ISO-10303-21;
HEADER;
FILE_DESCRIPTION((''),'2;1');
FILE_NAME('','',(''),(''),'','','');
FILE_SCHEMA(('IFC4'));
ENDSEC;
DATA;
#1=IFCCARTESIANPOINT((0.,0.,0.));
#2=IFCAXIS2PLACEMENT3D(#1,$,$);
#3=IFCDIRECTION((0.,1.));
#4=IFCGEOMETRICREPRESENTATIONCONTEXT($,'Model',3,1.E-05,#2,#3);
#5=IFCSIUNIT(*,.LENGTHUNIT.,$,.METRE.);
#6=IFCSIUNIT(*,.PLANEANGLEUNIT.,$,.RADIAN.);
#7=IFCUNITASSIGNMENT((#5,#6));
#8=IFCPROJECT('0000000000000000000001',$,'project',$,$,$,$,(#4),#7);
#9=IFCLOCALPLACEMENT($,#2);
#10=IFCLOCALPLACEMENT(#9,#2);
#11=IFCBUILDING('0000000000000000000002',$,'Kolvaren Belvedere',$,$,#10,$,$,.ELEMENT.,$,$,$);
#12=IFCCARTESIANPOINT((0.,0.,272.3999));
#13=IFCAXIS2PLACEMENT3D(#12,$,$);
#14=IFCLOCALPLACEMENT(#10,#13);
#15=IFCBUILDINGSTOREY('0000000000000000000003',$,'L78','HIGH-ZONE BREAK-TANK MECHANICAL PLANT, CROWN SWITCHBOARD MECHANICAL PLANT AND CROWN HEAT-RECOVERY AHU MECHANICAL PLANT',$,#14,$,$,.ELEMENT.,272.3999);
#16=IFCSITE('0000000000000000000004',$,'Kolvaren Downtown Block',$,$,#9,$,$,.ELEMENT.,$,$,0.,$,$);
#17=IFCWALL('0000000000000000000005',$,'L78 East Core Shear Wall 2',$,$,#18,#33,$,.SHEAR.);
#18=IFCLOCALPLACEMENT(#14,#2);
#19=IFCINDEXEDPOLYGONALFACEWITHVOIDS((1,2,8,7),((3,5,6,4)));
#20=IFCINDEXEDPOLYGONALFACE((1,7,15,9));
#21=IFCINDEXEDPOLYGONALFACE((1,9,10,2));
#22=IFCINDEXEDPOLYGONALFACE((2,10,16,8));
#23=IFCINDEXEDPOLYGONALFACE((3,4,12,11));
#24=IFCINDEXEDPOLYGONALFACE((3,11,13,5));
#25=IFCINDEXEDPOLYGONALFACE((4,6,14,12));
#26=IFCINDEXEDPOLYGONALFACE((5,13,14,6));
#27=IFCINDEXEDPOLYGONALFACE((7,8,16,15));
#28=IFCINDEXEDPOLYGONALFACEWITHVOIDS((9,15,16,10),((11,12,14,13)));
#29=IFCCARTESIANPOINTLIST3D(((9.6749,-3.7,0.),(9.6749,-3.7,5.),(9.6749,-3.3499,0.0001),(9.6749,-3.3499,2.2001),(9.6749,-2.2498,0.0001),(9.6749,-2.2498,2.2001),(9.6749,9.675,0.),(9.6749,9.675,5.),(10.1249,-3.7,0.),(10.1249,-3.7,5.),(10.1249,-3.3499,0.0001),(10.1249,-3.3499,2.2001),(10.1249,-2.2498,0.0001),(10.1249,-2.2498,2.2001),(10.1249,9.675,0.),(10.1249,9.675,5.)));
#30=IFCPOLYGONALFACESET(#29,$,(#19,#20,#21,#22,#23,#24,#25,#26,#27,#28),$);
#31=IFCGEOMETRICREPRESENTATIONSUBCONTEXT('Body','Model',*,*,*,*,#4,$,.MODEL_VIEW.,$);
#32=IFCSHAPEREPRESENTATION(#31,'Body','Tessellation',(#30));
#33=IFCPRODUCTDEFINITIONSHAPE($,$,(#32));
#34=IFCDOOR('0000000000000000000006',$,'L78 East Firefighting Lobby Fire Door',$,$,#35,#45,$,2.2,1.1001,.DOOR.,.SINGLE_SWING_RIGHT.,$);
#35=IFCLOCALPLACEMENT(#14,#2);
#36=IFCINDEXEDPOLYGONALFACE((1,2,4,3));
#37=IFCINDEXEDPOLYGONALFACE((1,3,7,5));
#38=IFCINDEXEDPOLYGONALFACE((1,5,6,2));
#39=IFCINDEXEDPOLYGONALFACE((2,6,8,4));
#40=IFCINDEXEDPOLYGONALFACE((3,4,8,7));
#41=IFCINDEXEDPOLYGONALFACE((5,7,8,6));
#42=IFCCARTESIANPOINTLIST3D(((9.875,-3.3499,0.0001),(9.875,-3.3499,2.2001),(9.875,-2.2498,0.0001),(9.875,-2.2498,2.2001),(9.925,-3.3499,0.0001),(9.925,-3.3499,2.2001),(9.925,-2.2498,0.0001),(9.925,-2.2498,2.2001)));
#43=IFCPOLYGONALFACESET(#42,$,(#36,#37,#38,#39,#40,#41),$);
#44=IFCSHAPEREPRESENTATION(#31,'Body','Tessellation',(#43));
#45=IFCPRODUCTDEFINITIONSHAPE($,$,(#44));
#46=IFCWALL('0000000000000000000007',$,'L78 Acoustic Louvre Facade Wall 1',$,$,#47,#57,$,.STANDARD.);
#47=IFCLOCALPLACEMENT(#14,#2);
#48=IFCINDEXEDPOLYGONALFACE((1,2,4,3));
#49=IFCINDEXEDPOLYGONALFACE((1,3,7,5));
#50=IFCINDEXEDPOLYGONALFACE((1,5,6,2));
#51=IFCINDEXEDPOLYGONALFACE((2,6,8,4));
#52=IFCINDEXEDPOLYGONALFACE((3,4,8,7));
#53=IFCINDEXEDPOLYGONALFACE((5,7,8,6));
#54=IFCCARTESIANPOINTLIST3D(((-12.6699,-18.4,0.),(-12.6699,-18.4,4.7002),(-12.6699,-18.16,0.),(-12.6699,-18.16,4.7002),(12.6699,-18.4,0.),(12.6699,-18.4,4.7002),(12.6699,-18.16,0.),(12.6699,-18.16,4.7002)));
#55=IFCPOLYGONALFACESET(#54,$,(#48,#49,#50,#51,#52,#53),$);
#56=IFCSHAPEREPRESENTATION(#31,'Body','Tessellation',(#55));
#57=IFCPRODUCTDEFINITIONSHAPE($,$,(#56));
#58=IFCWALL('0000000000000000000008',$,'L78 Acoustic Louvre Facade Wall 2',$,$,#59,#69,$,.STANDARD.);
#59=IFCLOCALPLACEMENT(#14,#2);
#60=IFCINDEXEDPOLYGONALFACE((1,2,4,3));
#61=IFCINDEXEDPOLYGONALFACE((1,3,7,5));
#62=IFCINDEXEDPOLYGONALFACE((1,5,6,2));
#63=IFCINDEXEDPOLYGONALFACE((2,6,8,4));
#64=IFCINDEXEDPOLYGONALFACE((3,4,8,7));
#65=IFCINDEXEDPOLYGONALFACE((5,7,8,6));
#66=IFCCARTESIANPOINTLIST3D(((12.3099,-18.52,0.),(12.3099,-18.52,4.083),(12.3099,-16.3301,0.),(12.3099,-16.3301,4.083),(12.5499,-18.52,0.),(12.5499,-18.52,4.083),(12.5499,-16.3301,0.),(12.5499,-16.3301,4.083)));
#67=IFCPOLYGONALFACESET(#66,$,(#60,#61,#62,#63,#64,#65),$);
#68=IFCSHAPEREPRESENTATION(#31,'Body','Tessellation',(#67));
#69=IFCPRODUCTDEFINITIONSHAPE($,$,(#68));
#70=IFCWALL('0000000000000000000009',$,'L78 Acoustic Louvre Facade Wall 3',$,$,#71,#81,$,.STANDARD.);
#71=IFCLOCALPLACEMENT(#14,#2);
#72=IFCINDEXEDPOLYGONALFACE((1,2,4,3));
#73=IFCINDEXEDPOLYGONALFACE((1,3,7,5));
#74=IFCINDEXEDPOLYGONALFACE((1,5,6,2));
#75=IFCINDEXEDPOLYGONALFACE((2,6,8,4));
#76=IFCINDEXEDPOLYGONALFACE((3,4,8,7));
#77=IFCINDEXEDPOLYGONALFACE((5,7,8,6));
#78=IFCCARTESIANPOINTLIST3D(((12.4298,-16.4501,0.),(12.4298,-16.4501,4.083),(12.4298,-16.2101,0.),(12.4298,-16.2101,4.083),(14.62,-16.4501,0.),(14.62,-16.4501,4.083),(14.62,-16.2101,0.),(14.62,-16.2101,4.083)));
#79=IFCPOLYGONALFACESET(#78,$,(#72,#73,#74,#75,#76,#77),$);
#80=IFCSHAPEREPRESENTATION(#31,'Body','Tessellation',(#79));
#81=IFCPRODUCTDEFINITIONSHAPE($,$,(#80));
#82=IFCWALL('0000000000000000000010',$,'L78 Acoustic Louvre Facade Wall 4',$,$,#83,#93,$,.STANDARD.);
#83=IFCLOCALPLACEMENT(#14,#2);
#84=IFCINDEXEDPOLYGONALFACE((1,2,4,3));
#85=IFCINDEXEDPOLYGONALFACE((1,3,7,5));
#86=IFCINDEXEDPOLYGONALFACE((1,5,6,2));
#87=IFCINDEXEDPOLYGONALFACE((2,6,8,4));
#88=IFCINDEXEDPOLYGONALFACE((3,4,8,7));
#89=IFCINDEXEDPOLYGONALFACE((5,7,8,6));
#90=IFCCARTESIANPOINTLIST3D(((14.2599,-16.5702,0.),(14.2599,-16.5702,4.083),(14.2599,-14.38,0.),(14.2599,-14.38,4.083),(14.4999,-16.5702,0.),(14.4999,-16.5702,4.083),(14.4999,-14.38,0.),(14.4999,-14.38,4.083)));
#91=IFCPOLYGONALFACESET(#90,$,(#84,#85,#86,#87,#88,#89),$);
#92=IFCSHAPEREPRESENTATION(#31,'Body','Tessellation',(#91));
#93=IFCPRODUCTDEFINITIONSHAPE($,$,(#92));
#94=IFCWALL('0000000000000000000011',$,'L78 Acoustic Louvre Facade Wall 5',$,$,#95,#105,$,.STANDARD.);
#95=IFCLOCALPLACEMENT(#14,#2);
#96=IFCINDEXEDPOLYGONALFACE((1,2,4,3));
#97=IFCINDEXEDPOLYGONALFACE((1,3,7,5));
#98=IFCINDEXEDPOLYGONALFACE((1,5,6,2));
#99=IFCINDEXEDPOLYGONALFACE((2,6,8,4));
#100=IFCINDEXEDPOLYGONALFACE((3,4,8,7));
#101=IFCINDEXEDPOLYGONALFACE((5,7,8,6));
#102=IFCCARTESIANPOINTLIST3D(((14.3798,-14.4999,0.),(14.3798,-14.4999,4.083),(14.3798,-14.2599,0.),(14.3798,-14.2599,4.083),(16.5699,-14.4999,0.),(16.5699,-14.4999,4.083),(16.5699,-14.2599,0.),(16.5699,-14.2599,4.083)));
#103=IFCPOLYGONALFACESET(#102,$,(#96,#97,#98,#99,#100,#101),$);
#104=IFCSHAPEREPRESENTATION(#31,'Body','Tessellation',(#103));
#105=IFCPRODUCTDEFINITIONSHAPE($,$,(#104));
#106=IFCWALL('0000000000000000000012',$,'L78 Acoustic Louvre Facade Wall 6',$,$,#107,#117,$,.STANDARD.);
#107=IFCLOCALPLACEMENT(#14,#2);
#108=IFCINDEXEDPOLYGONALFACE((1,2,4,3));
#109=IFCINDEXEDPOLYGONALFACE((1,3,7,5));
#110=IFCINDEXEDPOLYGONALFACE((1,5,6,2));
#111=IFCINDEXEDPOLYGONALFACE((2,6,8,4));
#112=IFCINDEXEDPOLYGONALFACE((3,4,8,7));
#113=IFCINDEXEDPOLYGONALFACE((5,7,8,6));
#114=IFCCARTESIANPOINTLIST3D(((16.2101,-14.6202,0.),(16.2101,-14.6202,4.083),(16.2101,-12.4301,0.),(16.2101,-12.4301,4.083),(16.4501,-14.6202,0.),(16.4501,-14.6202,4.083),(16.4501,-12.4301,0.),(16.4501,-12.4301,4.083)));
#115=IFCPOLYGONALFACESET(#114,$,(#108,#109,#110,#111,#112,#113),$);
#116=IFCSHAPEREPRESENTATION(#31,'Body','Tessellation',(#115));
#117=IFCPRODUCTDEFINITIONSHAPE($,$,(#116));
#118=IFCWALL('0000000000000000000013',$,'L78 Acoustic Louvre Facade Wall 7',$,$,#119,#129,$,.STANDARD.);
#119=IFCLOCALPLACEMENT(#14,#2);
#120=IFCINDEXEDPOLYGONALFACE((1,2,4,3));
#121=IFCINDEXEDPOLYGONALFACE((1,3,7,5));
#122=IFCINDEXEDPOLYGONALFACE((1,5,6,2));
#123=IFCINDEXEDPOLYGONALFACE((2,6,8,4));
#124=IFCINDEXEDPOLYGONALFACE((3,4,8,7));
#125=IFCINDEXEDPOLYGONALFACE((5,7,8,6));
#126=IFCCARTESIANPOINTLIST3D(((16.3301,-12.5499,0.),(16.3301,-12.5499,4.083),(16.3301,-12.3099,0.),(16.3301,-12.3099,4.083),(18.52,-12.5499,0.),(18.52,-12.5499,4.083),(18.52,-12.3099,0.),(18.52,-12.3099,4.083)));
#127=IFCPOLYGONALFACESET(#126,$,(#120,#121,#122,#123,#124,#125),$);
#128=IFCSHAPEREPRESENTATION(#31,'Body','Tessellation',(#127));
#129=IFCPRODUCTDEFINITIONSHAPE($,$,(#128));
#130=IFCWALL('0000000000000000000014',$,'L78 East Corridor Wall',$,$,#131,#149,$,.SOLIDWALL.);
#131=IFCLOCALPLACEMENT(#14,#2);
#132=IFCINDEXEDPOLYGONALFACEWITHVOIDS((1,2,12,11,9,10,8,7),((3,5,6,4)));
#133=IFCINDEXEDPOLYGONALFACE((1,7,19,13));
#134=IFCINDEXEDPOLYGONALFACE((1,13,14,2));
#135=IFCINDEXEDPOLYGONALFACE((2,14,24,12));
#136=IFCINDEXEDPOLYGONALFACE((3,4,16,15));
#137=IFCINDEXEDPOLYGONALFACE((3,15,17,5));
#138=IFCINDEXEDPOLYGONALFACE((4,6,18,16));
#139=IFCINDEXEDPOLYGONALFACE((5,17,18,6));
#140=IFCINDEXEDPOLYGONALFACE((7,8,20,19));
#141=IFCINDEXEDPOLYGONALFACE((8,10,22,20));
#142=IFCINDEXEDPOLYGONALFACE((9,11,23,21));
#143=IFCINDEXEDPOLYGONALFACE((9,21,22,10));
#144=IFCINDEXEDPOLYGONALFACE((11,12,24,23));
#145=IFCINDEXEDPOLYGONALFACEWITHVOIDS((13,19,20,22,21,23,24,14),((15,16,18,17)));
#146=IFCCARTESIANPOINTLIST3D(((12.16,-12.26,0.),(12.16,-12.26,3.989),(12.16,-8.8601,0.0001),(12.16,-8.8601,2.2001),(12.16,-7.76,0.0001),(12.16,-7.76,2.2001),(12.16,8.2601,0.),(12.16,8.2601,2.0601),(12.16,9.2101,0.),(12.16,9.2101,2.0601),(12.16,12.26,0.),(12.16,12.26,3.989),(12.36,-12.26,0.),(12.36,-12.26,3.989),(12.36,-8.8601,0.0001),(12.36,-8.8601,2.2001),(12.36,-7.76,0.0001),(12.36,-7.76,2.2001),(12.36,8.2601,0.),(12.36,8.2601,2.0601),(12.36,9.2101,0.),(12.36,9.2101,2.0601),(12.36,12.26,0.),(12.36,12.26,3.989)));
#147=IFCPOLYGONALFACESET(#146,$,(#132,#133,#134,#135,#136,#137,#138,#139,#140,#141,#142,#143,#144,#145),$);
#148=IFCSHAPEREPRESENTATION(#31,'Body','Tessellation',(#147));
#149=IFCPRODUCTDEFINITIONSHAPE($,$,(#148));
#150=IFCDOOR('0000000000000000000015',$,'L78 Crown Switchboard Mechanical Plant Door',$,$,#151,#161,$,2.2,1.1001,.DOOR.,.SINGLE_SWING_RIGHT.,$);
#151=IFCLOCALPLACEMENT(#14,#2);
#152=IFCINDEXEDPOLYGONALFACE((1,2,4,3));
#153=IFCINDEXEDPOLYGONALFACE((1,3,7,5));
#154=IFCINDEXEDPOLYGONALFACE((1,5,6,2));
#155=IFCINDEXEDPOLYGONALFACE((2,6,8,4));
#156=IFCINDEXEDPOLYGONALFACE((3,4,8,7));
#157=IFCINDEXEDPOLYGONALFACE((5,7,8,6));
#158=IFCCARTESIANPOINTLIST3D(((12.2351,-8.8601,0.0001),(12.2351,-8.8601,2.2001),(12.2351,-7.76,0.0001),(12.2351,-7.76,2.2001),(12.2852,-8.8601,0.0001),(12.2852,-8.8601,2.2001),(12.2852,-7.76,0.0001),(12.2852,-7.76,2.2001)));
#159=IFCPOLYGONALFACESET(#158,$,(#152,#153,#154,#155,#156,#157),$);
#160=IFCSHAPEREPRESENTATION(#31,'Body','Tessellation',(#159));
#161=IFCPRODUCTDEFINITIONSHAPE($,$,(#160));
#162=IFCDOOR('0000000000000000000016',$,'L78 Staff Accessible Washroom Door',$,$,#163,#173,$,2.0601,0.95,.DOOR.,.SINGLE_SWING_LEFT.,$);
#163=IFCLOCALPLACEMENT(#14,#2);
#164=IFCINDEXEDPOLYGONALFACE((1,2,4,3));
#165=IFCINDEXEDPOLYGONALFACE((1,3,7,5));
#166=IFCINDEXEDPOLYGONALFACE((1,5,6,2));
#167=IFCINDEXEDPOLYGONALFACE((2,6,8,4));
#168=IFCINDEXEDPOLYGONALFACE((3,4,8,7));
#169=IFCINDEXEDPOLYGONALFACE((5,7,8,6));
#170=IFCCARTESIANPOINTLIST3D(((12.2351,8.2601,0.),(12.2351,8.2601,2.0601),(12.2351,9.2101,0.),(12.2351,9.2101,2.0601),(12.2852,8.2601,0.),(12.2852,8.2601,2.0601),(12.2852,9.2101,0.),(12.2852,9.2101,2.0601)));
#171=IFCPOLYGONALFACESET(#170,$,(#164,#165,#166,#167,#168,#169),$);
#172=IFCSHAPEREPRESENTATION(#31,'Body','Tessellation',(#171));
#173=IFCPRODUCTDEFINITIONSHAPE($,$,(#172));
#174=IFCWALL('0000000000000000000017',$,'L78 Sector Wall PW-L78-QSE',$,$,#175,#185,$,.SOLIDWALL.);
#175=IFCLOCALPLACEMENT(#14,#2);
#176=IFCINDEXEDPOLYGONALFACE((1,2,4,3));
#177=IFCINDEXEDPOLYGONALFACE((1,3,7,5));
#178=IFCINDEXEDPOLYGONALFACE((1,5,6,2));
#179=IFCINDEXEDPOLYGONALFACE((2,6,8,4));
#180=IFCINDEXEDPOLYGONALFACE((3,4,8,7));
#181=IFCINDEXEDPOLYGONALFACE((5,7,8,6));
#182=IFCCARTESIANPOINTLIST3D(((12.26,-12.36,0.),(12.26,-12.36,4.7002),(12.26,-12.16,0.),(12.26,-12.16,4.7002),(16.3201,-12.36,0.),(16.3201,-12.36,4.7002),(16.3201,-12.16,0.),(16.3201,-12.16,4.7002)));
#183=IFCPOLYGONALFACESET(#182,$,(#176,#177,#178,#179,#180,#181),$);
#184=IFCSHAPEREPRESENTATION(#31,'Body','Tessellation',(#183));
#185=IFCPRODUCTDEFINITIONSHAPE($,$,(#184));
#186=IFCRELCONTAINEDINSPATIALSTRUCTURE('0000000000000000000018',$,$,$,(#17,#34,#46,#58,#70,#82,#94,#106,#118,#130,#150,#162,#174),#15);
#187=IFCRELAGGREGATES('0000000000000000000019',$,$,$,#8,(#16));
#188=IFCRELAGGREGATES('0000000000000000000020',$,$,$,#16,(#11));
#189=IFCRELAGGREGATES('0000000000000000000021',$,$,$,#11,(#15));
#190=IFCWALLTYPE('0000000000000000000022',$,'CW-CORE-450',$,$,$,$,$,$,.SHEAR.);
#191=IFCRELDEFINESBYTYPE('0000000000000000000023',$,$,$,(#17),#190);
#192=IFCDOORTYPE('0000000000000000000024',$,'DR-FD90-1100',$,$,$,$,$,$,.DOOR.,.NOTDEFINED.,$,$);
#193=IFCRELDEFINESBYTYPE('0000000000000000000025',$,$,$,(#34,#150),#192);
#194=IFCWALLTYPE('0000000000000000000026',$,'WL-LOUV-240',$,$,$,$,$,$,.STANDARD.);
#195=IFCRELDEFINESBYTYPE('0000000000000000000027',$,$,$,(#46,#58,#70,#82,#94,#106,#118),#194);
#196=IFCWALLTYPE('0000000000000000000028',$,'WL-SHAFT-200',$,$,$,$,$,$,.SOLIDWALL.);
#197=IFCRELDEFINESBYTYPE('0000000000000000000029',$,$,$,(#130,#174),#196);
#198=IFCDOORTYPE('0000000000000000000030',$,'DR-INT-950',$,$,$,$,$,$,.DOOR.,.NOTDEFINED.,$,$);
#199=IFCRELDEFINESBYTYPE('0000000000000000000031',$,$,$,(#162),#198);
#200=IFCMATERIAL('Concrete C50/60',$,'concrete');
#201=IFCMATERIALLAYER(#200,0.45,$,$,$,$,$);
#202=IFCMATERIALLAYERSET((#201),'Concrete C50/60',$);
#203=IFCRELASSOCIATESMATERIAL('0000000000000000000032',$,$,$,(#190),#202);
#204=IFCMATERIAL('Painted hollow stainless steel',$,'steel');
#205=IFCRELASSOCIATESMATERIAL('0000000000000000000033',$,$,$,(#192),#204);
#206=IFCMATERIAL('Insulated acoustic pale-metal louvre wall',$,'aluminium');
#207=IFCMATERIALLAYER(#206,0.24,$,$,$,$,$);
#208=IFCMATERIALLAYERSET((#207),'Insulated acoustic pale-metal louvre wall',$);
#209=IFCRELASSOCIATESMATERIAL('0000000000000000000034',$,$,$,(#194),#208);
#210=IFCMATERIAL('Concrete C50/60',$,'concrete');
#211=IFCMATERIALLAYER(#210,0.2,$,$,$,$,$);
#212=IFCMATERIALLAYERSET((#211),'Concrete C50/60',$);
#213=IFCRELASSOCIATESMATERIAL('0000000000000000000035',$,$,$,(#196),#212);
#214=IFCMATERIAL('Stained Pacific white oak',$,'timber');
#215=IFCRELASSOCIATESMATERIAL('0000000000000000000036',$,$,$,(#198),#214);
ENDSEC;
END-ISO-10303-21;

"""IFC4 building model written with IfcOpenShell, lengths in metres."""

from ifc_helpers import new_model, si_unit, direction, frame, frame_2d, origin, place, context, subcontext, project, spatial, rectangle, extrude, material, layer, layer_set, type_object, element, fill, save


model = new_model("IFC4")

# Units and contexts
model_context = context("Model", 3, precision=1e-05, world=origin(), true_north=direction((0.0, 1.0)))
body_context = subcontext(model_context, "Body", "Model", "MODEL_VIEW")
ifc_project = project(units=[si_unit("LENGTHUNIT", "METRE"), si_unit("PLANEANGLEUNIT", "RADIAN")], contexts=[model_context])

# Site, building, storey
site_placement = place(None, origin())
site = spatial("IfcSite", under=ifc_project, at=site_placement, Name="Kolvaren Downtown Block", CompositionType="ELEMENT", RefElevation=0.0)
building_placement = place(site_placement, origin())
building = spatial("IfcBuilding", under=site, at=building_placement, Name="Kolvaren Belvedere", CompositionType="ELEMENT")
storey_placement = place(building_placement, frame((0.0, 0.0, 272.3999)))
storey = spatial("IfcBuildingStorey", under=building, at=storey_placement, Name="L78", Description="HIGH-ZONE BREAK-TANK MECHANICAL PLANT, CROWN SWITCHBOARD MECHANICAL PLANT AND CROWN HEAT-RECOVERY AHU MECHANICAL PLANT", CompositionType="ELEMENT", Elevation=272.3999)

# Shared definitions
ifc_material_1 = material(Name="Concrete C50/60", Category="concrete")
ifc_layer_1 = layer(ifc_material_1, 0.45)
ifc_layer_set_1 = layer_set([ifc_layer_1], Name="Concrete C50/60")
wall_type_1 = type_object("IfcWallType", Name="CW-CORE-450", PredefinedType="SHEAR", material=ifc_layer_set_1)

# Wall, opening, door
wall_1_placement = place(storey_placement, frame((9.8999, -3.7, 0.0), z_axis=(0.0, 0.0, 1.0), x_axis=(0.0, 1.0, 0.0)))
wall_1 = element("IfcWall", 1, at=wall_1_placement, inside=storey, type_object=wall_type_1, Name="L78 East Core Shear Wall 2", PredefinedType="SHEAR", context=body_context, shape_type="SweptSolid", body=[
    extrude(rectangle(XDim=13.375, YDim=0.45, at=frame_2d((6.6875, 0.0))), origin(), (0.0, 0.0, 1.0), 5.0),
])
opening_1_placement = place(wall_1_placement, frame((0.3501, 0.0, 0.0)))
opening_1 = element("IfcOpeningElement", 2, at=opening_1_placement, cuts=wall_1, PredefinedType="OPENING", context=body_context, shape_type="SweptSolid", body=[
    extrude(rectangle(XDim=1.1001, YDim=2.2, at=frame_2d((0.55, 1.1001))), frame((0.0, 0.2349, 0.0), z_axis=(0.0, -1.0, 0.0), x_axis=(1.0, 0.0, 0.0)), (0.0, 0.0, 1.0), 0.47),
])
ifc_material_2 = material(Name="Painted hollow stainless steel", Category="steel")
door_type_1 = type_object("IfcDoorType", Name="DR-FD90-1100", OperationType="NOTDEFINED", PredefinedType="DOOR", material=ifc_material_2)
door_1_placement = place(opening_1_placement, origin())
door_1 = element("IfcDoor", 3, at=door_1_placement, inside=storey, type_object=door_type_1, Name="L78 East Firefighting Lobby Fire Door", OperationType="SINGLE_SWING_RIGHT", OverallHeight=2.2, OverallWidth=1.1001, PredefinedType="DOOR", context=body_context, shape_type="SweptSolid", body=[
    extrude(rectangle(XDim=1.1001, YDim=2.2, at=frame_2d((0.55, 1.1001))), frame((0.0, 0.0249, 0.0), z_axis=(0.0, -1.0, 0.0), x_axis=(1.0, 0.0, 0.0)), (0.0, 0.0, 1.0), 0.05),
])
fill(opening_1, door_1)

# Walls
ifc_material_3 = material(Name="Insulated acoustic pale-metal louvre wall", Category="aluminium")
ifc_layer_2 = layer(ifc_material_3, 0.24)
ifc_layer_set_2 = layer_set([ifc_layer_2], Name="Insulated acoustic pale-metal louvre wall")
wall_type_2 = type_object("IfcWallType", Name="WL-LOUV-240", PredefinedType="STANDARD", material=ifc_layer_set_2)
wall_2_placement = place(storey_placement, frame((12.6699, -18.28, 0.0), z_axis=(0.0, 0.0, 1.0), x_axis=(-1.0, 0.0, 0.0)))
element("IfcWall", 4, at=wall_2_placement, inside=storey, type_object=wall_type_2, Name="L78 Acoustic Louvre Facade Wall 1", PredefinedType="STANDARD", context=body_context, shape_type="SweptSolid", body=[
    extrude(rectangle(XDim=25.3398, YDim=0.24, at=frame_2d((12.6699, 0.0))), origin(), (0.0, 0.0, 1.0), 4.7002),
])
wall_3_placement = place(storey_placement, frame((12.4299, -16.3301, 0.0), z_axis=(0.0, 0.0, 1.0), x_axis=(0.0, -1.0, 0.0)))
element("IfcWall", 5, at=wall_3_placement, inside=storey, type_object=wall_type_2, Name="L78 Acoustic Louvre Facade Wall 2", PredefinedType="STANDARD", context=body_context, shape_type="SweptSolid", body=[
    extrude(rectangle(XDim=2.1899, YDim=0.24, at=frame_2d((1.095, 0.0))), origin(), (0.0, 0.0, 1.0), 4.083),
])
for number, where, z_axis, x_axis, name in (
    (6, (14.6201, -16.3301, 0.0), (0.0, 0.0, 1.0), (-1.0, 0.0, 0.0), "L78 Acoustic Louvre Facade Wall 3"),
    (7, (14.3799, -14.3799, 0.0), (0.0, 0.0, 1.0), (0.0, -1.0, 0.0), "L78 Acoustic Louvre Facade Wall 4"),
    (8, (16.5701, -14.3799, 0.0), (0.0, 0.0, 1.0), (-1.0, 0.0, 0.0), "L78 Acoustic Louvre Facade Wall 5"),
    (9, (16.3301, -12.4299, 0.0), (0.0, 0.0, 1.0), (0.0, -1.0, 0.0), "L78 Acoustic Louvre Facade Wall 6"),
):
    element("IfcWall", number, at=place(storey_placement, frame(where, z_axis=z_axis, x_axis=x_axis)), inside=storey, type_object=wall_type_2, Name=name, PredefinedType="STANDARD", context=body_context, shape_type="SweptSolid", body=[
        extrude(rectangle(XDim=2.1902, YDim=0.24, at=frame_2d((1.0952, 0.0))), origin(), (0.0, 0.0, 1.0), 4.083),
    ])
wall_4_placement = place(storey_placement, frame((18.52, -12.4299, 0.0), z_axis=(0.0, 0.0, 1.0), x_axis=(-1.0, 0.0, 0.0)))
element("IfcWall", 10, at=wall_4_placement, inside=storey, type_object=wall_type_2, Name="L78 Acoustic Louvre Facade Wall 7", PredefinedType="STANDARD", context=body_context, shape_type="SweptSolid", body=[
    extrude(rectangle(XDim=2.1899, YDim=0.24, at=frame_2d((1.095, 0.0))), origin(), (0.0, 0.0, 1.0), 4.083),
])

# Wall, openings, doors
ifc_material_4 = material(Name="Concrete C50/60", Category="concrete")
ifc_layer_3 = layer(ifc_material_4, 0.2)
ifc_layer_set_3 = layer_set([ifc_layer_3], Name="Concrete C50/60")
wall_type_3 = type_object("IfcWallType", Name="WL-SHAFT-200", PredefinedType="SOLIDWALL", material=ifc_layer_set_3)
wall_5_placement = place(storey_placement, frame((12.26, -12.26, 0.0), z_axis=(0.0, 0.0, 1.0), x_axis=(0.0, 1.0, 0.0)))
wall_5 = element("IfcWall", 11, at=wall_5_placement, inside=storey, type_object=wall_type_3, Name="L78 East Corridor Wall", PredefinedType="SOLIDWALL", context=body_context, shape_type="SweptSolid", body=[
    extrude(rectangle(XDim=24.52, YDim=0.2, at=frame_2d((12.26, 0.0))), origin(), (0.0, 0.0, 1.0), 3.989),
])
opening_2_placement = place(wall_5_placement, frame((3.3999, 0.0, 0.0)))
opening_2 = element("IfcOpeningElement", 12, at=opening_2_placement, cuts=wall_5, PredefinedType="OPENING", context=body_context, shape_type="SweptSolid", body=[
    extrude(rectangle(XDim=1.1001, YDim=2.2, at=frame_2d((0.55, 1.1001))), frame((0.0, 0.1099, 0.0), z_axis=(0.0, -1.0, 0.0), x_axis=(1.0, 0.0, 0.0)), (0.0, 0.0, 1.0), 0.22),
])
opening_3_placement = place(wall_5_placement, frame((20.52, 0.0, 0.0)))
opening_3 = element("IfcOpeningElement", 13, at=opening_3_placement, cuts=wall_5, PredefinedType="OPENING", context=body_context, shape_type="SweptSolid", body=[
    extrude(rectangle(XDim=0.95, YDim=2.0601, at=frame_2d((0.4751, 1.03))), frame((0.0, 0.1099, 0.0), z_axis=(0.0, -1.0, 0.0), x_axis=(1.0, 0.0, 0.0)), (0.0, 0.0, 1.0), 0.22),
])
door_2_placement = place(opening_2_placement, origin())
door_2 = element("IfcDoor", 14, at=door_2_placement, inside=storey, type_object=door_type_1, Name="L78 Crown Switchboard Mechanical Plant Door", OperationType="SINGLE_SWING_RIGHT", OverallHeight=2.2, OverallWidth=1.1001, PredefinedType="DOOR", context=body_context, shape_type="SweptSolid", body=[
    extrude(rectangle(XDim=1.1001, YDim=2.2, at=frame_2d((0.55, 1.1001))), frame((0.0, 0.0249, 0.0), z_axis=(0.0, -1.0, 0.0), x_axis=(1.0, 0.0, 0.0)), (0.0, 0.0, 1.0), 0.05),
])
fill(opening_2, door_2)
ifc_material_5 = material(Name="Stained Pacific white oak", Category="timber")
door_type_2 = type_object("IfcDoorType", Name="DR-INT-950", OperationType="NOTDEFINED", PredefinedType="DOOR", material=ifc_material_5)
door_3_placement = place(opening_3_placement, origin())
door_3 = element("IfcDoor", 15, at=door_3_placement, inside=storey, type_object=door_type_2, Name="L78 Staff Accessible Washroom Door", OperationType="SINGLE_SWING_LEFT", OverallHeight=2.0601, OverallWidth=0.95, PredefinedType="DOOR", context=body_context, shape_type="SweptSolid", body=[
    extrude(rectangle(XDim=0.95, YDim=2.0601, at=frame_2d((0.4751, 1.03))), frame((0.0, 0.0249, 0.0), z_axis=(0.0, -1.0, 0.0), x_axis=(1.0, 0.0, 0.0)), (0.0, 0.0, 1.0), 0.05),
])
fill(opening_3, door_3)

# Wall
wall_6_placement = place(storey_placement, frame((12.26, -12.26, 0.0), z_axis=(0.0, 0.0, 1.0), x_axis=(1.0, 0.0, 0.0)))
element("IfcWall", 16, at=wall_6_placement, inside=storey, type_object=wall_type_3, Name="L78 Sector Wall PW-L78-QSE", PredefinedType="SOLIDWALL", context=body_context, shape_type="SweptSolid", body=[
    extrude(rectangle(XDim=4.0601, YDim=0.2, at=frame_2d((2.03, 0.0))), origin(), (0.0, 0.0, 1.0), 4.7002),
])

save(model, "model.ifc")
